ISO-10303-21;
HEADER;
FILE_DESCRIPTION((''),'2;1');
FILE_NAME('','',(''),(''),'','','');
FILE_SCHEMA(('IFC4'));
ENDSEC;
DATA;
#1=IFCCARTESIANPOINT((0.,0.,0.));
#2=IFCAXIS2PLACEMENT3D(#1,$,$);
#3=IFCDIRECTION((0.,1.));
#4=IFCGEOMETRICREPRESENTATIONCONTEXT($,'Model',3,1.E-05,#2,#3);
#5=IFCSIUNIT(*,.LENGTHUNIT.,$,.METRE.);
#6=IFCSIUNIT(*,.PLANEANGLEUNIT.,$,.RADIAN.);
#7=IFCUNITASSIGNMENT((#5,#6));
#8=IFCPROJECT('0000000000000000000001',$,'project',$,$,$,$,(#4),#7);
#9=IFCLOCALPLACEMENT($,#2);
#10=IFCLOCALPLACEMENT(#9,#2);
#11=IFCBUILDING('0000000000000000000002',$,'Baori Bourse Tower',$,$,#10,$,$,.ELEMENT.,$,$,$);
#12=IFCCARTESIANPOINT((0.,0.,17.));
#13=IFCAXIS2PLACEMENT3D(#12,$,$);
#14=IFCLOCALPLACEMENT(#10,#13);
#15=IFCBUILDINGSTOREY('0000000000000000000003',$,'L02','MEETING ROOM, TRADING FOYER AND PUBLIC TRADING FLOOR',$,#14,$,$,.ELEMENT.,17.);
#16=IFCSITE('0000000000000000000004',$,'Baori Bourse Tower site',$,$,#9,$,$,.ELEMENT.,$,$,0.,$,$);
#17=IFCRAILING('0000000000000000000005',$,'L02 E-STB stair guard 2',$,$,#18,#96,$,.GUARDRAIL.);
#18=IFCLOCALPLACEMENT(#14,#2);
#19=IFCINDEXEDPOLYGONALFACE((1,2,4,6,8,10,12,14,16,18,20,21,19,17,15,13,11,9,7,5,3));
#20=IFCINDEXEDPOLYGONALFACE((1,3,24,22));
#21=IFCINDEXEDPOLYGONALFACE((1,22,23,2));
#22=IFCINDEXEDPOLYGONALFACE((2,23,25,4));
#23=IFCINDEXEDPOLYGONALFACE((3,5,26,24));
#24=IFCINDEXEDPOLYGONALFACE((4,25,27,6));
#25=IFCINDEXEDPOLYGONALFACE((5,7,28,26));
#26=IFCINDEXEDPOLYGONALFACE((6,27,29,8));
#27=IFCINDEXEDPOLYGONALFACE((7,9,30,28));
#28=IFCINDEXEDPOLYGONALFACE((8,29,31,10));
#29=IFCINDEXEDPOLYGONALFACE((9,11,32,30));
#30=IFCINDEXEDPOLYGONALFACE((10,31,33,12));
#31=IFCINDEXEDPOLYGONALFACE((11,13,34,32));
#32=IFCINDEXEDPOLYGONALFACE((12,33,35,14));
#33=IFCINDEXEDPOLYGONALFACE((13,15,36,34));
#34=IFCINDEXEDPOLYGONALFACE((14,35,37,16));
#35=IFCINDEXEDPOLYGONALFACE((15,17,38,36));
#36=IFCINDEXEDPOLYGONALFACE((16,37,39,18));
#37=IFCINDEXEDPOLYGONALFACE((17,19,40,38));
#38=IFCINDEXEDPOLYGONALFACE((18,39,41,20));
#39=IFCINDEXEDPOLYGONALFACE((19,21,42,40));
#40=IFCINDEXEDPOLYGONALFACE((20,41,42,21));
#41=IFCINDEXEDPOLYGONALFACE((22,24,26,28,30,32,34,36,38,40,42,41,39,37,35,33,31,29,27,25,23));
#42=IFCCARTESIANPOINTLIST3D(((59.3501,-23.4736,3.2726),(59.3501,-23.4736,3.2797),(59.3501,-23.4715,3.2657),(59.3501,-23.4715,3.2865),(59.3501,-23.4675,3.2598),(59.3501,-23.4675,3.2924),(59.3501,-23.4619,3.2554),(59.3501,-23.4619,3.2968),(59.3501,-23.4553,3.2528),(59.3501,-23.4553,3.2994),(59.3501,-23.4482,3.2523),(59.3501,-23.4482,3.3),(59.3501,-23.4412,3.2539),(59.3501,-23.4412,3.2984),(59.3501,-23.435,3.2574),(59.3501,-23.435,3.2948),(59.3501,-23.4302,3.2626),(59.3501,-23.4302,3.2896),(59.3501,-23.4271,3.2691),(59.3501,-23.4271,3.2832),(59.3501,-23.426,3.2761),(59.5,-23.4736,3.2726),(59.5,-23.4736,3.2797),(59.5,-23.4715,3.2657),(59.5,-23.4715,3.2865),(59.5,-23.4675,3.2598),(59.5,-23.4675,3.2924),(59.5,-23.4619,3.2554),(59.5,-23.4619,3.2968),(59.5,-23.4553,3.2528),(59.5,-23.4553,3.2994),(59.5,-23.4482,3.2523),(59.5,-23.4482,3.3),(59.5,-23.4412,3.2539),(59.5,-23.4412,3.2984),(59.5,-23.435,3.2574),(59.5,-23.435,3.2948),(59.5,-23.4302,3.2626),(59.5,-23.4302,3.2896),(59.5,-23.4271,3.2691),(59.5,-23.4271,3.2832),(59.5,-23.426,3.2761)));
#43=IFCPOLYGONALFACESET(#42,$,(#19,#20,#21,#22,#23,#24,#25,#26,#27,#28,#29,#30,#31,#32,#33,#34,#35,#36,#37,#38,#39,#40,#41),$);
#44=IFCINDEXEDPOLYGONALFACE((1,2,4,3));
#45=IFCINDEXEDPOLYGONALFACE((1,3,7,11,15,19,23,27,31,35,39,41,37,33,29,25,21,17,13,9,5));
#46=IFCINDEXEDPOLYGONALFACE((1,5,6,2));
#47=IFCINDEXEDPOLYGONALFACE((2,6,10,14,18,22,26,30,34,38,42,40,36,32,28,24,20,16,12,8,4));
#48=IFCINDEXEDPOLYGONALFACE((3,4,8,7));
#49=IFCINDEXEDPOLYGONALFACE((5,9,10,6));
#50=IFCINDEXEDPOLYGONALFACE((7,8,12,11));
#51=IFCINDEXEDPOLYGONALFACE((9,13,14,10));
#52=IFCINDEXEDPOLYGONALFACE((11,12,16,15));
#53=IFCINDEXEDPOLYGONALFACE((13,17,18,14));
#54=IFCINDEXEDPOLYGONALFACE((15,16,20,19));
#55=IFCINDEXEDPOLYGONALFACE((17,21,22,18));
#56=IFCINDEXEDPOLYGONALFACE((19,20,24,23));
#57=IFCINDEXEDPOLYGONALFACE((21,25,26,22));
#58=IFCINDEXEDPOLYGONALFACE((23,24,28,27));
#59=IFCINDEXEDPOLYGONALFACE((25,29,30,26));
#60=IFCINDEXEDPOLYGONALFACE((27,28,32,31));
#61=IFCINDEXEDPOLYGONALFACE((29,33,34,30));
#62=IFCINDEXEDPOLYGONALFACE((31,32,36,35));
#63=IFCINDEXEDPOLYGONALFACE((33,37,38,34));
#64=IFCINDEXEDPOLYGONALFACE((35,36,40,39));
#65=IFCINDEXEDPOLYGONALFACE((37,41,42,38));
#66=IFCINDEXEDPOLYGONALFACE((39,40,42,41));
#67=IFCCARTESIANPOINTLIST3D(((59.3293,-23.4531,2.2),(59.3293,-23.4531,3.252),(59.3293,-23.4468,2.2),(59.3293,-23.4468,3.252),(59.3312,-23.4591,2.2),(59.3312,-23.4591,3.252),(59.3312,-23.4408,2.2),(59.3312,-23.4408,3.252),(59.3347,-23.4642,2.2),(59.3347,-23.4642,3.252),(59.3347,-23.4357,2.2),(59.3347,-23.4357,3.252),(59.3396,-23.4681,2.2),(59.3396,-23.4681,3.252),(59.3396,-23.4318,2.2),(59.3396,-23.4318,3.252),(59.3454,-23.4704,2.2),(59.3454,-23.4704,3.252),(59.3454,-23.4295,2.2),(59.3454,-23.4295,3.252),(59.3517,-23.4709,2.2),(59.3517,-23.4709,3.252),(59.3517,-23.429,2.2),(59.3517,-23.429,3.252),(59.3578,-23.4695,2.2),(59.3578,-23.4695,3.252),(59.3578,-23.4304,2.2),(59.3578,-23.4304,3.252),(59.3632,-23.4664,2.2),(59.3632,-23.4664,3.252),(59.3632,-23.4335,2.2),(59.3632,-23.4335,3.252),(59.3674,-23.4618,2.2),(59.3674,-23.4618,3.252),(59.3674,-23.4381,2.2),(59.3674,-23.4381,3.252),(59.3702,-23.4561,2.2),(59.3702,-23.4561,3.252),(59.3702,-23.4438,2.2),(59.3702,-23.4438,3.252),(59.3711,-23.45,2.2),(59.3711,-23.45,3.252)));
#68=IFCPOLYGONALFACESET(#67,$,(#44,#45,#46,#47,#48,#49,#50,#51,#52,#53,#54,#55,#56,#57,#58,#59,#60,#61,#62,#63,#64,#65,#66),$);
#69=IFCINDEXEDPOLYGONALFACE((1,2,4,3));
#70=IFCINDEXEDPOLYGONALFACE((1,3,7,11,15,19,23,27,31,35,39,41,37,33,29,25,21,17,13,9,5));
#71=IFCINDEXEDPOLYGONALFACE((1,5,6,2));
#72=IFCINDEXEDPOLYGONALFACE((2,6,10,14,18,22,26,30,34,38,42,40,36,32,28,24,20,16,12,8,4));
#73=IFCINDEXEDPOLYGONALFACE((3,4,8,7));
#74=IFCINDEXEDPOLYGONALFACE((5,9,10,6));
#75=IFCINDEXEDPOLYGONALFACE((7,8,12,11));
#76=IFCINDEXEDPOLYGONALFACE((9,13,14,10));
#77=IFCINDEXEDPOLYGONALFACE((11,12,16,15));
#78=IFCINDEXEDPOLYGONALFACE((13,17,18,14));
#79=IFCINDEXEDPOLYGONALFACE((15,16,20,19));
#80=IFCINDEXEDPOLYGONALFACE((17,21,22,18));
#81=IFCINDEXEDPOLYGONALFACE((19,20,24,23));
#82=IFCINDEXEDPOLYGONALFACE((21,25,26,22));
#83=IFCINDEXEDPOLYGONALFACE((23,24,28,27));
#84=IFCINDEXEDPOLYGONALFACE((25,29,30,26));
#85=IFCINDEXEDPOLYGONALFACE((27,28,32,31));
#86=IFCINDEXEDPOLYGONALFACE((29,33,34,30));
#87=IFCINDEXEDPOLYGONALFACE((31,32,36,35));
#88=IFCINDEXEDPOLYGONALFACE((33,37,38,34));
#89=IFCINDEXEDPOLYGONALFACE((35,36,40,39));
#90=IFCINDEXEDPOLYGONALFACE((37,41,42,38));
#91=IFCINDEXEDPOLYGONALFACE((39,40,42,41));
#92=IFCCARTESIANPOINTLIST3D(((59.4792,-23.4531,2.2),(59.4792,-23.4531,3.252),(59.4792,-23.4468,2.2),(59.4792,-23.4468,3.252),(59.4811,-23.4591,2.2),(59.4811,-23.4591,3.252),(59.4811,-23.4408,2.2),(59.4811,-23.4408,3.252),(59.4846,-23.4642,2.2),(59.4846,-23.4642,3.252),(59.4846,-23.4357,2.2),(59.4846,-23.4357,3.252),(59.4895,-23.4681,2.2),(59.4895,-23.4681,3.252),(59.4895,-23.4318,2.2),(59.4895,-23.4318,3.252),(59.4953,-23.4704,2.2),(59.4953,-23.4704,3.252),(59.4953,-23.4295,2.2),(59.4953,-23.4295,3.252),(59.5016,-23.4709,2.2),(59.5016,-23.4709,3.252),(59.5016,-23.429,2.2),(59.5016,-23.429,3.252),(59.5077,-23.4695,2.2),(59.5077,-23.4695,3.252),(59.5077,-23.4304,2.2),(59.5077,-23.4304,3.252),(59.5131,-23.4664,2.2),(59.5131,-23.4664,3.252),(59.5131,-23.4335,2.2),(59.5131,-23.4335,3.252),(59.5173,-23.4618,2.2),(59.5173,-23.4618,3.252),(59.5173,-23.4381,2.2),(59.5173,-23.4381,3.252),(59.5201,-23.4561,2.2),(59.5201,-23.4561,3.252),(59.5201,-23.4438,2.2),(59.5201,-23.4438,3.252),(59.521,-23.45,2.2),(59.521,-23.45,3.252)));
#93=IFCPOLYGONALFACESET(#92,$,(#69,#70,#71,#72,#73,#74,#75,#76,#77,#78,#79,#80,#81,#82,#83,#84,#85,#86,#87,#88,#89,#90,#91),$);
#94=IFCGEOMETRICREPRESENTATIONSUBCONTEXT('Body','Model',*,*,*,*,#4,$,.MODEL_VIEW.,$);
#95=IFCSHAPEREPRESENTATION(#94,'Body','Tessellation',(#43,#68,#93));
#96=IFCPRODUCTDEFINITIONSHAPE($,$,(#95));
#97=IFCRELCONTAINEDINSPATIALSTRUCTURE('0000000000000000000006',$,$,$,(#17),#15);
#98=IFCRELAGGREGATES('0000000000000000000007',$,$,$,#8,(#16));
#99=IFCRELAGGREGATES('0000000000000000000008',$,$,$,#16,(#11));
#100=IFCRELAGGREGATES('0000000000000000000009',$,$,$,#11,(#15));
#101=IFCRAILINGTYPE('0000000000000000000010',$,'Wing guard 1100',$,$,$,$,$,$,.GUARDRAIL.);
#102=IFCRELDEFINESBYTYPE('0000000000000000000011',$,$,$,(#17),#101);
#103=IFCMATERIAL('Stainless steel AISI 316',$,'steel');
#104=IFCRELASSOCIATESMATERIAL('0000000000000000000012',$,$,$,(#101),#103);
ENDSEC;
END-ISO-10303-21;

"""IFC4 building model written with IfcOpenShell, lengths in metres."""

from ifc_helpers import new_model, si_unit, direction, frame, origin, origin_2d, place, context, subcontext, project, spatial, circle, extrude, material, type_object, element, save


model = new_model("IFC4")

# Units and contexts
model_context = context("Model", 3, precision=1e-05, world=origin(), true_north=direction((0.0, 1.0)))
body_context = subcontext(model_context, "Body", "Model", "MODEL_VIEW")
ifc_project = project(units=[si_unit("LENGTHUNIT", "METRE"), si_unit("PLANEANGLEUNIT", "RADIAN")], contexts=[model_context])

# Site, building, storey
site_placement = place(None, origin())
site = spatial("IfcSite", under=ifc_project, at=site_placement, Name="Baori Bourse Tower site", CompositionType="ELEMENT", RefElevation=0.0)
building_placement = place(site_placement, origin())
building = spatial("IfcBuilding", under=site, at=building_placement, Name="Baori Bourse Tower", CompositionType="ELEMENT")
storey_placement = place(building_placement, frame((0.0, 0.0, 17.0)))
storey = spatial("IfcBuildingStorey", under=building, at=storey_placement, Name="L02", Description="MEETING ROOM, TRADING FOYER AND PUBLIC TRADING FLOOR", CompositionType="ELEMENT", Elevation=17.0)

# Railing
ifc_material_1 = material(Name="Stainless steel AISI 316", Category="steel")
railing_type_1 = type_object("IfcRailingType", Name="Wing guard 1100", PredefinedType="GUARDRAIL", material=ifc_material_1)
railing_1_placement = place(storey_placement, frame((59.3501, -23.45, 2.2)))
element("IfcRailing", 1, at=railing_1_placement, inside=storey, type_object=railing_type_1, Name="L02 E-STB stair guard 2", PredefinedType="GUARDRAIL", context=body_context, shape_type="SweptSolid", body=[
    extrude(circle(Radius=0.0239, at=origin_2d()), frame((0.0, 0.0, 1.0762), z_axis=(1.0, 0.0, 0.0), x_axis=(0.0, 1.0, 0.0)), (0.0, 0.0, 1.0), 0.1499),
    extrude(circle(Radius=0.021, at=origin_2d()), origin(), (0.0, 0.0, 1.0), 1.052),
    extrude(circle(Radius=0.021, at=origin_2d()), frame((0.1499, 0.0, 0.0)), (0.0, 0.0, 1.0), 1.052),
])

save(model, "model.ifc")
